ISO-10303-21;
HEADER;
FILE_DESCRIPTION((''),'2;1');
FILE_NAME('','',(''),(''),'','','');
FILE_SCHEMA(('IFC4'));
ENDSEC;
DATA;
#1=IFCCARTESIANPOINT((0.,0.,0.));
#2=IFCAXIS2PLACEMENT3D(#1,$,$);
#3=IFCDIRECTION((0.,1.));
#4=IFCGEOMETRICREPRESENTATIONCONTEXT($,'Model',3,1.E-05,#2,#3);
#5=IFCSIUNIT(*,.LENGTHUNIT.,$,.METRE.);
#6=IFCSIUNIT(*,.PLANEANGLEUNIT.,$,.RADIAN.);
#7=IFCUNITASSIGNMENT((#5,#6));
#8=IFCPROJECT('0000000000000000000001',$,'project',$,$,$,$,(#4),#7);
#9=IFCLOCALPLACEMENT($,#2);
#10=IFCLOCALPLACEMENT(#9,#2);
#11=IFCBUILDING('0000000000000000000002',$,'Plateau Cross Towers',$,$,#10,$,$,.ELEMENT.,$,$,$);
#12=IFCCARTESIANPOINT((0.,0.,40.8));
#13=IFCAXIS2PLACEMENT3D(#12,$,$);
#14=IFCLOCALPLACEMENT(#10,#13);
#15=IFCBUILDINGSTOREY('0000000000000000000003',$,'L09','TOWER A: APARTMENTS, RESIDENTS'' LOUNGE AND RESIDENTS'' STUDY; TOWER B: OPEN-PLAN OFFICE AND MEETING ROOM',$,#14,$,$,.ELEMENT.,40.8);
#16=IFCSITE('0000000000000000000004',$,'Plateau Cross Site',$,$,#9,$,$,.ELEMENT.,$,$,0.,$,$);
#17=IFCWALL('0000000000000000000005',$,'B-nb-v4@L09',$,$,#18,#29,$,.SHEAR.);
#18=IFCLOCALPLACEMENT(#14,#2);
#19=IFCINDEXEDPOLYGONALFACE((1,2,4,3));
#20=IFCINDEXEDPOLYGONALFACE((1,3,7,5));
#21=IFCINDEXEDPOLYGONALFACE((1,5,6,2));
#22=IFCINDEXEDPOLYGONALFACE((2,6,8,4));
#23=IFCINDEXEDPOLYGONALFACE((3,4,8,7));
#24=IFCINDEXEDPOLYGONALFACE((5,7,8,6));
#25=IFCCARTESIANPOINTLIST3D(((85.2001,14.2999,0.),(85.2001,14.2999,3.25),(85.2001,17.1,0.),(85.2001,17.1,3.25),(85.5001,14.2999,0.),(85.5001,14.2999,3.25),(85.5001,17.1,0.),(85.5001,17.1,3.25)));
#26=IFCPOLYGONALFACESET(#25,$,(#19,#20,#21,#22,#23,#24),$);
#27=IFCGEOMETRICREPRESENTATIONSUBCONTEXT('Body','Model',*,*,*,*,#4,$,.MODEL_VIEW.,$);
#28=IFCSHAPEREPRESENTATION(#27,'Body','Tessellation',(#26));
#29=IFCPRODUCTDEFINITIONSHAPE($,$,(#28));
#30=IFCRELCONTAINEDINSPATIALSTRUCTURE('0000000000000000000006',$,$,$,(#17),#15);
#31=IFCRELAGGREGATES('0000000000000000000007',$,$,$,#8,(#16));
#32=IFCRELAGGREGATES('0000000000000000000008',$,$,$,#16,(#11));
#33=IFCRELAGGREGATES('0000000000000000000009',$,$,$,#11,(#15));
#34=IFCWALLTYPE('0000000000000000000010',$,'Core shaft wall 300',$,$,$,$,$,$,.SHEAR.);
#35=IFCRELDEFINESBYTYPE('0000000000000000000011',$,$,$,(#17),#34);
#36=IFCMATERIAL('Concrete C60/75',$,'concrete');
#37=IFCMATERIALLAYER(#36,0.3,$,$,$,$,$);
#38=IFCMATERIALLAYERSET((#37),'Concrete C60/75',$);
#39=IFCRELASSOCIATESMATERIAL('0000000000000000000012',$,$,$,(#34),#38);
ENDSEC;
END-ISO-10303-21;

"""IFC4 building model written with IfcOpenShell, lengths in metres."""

from ifc_helpers import new_model, si_unit, direction, frame, frame_2d, origin, place, context, subcontext, project, spatial, rectangle, extrude, material, layer, layer_set, type_object, element, save


model = new_model("IFC4")

# Units and contexts
model_context = context("Model", 3, precision=1e-05, world=origin(), true_north=direction((0.0, 1.0)))
body_context = subcontext(model_context, "Body", "Model", "MODEL_VIEW")
ifc_project = project(units=[si_unit("LENGTHUNIT", "METRE"), si_unit("PLANEANGLEUNIT", "RADIAN")], contexts=[model_context])

# Site, building, storey
site_placement = place(None, origin())
site = spatial("IfcSite", under=ifc_project, at=site_placement, Name="Plateau Cross Site", CompositionType="ELEMENT", RefElevation=0.0)
building_placement = place(site_placement, origin())
building = spatial("IfcBuilding", under=site, at=building_placement, Name="Plateau Cross Towers", CompositionType="ELEMENT")
storey_placement = place(building_placement, frame((0.0, 0.0, 40.8)))
storey = spatial("IfcBuildingStorey", under=building, at=storey_placement, Name="L09", Description="TOWER A: APARTMENTS, RESIDENTS' LOUNGE AND RESIDENTS' STUDY; TOWER B: OPEN-PLAN OFFICE AND MEETING ROOM", CompositionType="ELEMENT", Elevation=40.8)

# Shared definitions
ifc_material_1 = material(Name="Concrete C60/75", Category="concrete")

# Wall
ifc_layer_1 = layer(ifc_material_1, 0.3)
ifc_layer_set_1 = layer_set([ifc_layer_1], Name="Concrete C60/75")
wall_type_1 = type_object("IfcWallType", Name="Core shaft wall 300", PredefinedType="SHEAR", material=ifc_layer_set_1)
for number, where, z_axis, x_axis, name in (
    (1, (85.3501, 14.3, 0.0), (0.0, 0.0, 1.0), (0.0, 1.0, 0.0), "B-nb-v4@L09"),
):
    element("IfcWall", number, at=place(storey_placement, frame(where, z_axis=z_axis, x_axis=x_axis)), inside=storey, type_object=wall_type_1, Name=name, PredefinedType="SHEAR", context=body_context, shape_type="SweptSolid", body=[
        extrude(rectangle(XDim=2.8, YDim=0.3, at=frame_2d((1.3999, 0.0))), origin(), (0.0, 0.0, 1.0), 3.25),
    ])

save(model, "model.ifc")
